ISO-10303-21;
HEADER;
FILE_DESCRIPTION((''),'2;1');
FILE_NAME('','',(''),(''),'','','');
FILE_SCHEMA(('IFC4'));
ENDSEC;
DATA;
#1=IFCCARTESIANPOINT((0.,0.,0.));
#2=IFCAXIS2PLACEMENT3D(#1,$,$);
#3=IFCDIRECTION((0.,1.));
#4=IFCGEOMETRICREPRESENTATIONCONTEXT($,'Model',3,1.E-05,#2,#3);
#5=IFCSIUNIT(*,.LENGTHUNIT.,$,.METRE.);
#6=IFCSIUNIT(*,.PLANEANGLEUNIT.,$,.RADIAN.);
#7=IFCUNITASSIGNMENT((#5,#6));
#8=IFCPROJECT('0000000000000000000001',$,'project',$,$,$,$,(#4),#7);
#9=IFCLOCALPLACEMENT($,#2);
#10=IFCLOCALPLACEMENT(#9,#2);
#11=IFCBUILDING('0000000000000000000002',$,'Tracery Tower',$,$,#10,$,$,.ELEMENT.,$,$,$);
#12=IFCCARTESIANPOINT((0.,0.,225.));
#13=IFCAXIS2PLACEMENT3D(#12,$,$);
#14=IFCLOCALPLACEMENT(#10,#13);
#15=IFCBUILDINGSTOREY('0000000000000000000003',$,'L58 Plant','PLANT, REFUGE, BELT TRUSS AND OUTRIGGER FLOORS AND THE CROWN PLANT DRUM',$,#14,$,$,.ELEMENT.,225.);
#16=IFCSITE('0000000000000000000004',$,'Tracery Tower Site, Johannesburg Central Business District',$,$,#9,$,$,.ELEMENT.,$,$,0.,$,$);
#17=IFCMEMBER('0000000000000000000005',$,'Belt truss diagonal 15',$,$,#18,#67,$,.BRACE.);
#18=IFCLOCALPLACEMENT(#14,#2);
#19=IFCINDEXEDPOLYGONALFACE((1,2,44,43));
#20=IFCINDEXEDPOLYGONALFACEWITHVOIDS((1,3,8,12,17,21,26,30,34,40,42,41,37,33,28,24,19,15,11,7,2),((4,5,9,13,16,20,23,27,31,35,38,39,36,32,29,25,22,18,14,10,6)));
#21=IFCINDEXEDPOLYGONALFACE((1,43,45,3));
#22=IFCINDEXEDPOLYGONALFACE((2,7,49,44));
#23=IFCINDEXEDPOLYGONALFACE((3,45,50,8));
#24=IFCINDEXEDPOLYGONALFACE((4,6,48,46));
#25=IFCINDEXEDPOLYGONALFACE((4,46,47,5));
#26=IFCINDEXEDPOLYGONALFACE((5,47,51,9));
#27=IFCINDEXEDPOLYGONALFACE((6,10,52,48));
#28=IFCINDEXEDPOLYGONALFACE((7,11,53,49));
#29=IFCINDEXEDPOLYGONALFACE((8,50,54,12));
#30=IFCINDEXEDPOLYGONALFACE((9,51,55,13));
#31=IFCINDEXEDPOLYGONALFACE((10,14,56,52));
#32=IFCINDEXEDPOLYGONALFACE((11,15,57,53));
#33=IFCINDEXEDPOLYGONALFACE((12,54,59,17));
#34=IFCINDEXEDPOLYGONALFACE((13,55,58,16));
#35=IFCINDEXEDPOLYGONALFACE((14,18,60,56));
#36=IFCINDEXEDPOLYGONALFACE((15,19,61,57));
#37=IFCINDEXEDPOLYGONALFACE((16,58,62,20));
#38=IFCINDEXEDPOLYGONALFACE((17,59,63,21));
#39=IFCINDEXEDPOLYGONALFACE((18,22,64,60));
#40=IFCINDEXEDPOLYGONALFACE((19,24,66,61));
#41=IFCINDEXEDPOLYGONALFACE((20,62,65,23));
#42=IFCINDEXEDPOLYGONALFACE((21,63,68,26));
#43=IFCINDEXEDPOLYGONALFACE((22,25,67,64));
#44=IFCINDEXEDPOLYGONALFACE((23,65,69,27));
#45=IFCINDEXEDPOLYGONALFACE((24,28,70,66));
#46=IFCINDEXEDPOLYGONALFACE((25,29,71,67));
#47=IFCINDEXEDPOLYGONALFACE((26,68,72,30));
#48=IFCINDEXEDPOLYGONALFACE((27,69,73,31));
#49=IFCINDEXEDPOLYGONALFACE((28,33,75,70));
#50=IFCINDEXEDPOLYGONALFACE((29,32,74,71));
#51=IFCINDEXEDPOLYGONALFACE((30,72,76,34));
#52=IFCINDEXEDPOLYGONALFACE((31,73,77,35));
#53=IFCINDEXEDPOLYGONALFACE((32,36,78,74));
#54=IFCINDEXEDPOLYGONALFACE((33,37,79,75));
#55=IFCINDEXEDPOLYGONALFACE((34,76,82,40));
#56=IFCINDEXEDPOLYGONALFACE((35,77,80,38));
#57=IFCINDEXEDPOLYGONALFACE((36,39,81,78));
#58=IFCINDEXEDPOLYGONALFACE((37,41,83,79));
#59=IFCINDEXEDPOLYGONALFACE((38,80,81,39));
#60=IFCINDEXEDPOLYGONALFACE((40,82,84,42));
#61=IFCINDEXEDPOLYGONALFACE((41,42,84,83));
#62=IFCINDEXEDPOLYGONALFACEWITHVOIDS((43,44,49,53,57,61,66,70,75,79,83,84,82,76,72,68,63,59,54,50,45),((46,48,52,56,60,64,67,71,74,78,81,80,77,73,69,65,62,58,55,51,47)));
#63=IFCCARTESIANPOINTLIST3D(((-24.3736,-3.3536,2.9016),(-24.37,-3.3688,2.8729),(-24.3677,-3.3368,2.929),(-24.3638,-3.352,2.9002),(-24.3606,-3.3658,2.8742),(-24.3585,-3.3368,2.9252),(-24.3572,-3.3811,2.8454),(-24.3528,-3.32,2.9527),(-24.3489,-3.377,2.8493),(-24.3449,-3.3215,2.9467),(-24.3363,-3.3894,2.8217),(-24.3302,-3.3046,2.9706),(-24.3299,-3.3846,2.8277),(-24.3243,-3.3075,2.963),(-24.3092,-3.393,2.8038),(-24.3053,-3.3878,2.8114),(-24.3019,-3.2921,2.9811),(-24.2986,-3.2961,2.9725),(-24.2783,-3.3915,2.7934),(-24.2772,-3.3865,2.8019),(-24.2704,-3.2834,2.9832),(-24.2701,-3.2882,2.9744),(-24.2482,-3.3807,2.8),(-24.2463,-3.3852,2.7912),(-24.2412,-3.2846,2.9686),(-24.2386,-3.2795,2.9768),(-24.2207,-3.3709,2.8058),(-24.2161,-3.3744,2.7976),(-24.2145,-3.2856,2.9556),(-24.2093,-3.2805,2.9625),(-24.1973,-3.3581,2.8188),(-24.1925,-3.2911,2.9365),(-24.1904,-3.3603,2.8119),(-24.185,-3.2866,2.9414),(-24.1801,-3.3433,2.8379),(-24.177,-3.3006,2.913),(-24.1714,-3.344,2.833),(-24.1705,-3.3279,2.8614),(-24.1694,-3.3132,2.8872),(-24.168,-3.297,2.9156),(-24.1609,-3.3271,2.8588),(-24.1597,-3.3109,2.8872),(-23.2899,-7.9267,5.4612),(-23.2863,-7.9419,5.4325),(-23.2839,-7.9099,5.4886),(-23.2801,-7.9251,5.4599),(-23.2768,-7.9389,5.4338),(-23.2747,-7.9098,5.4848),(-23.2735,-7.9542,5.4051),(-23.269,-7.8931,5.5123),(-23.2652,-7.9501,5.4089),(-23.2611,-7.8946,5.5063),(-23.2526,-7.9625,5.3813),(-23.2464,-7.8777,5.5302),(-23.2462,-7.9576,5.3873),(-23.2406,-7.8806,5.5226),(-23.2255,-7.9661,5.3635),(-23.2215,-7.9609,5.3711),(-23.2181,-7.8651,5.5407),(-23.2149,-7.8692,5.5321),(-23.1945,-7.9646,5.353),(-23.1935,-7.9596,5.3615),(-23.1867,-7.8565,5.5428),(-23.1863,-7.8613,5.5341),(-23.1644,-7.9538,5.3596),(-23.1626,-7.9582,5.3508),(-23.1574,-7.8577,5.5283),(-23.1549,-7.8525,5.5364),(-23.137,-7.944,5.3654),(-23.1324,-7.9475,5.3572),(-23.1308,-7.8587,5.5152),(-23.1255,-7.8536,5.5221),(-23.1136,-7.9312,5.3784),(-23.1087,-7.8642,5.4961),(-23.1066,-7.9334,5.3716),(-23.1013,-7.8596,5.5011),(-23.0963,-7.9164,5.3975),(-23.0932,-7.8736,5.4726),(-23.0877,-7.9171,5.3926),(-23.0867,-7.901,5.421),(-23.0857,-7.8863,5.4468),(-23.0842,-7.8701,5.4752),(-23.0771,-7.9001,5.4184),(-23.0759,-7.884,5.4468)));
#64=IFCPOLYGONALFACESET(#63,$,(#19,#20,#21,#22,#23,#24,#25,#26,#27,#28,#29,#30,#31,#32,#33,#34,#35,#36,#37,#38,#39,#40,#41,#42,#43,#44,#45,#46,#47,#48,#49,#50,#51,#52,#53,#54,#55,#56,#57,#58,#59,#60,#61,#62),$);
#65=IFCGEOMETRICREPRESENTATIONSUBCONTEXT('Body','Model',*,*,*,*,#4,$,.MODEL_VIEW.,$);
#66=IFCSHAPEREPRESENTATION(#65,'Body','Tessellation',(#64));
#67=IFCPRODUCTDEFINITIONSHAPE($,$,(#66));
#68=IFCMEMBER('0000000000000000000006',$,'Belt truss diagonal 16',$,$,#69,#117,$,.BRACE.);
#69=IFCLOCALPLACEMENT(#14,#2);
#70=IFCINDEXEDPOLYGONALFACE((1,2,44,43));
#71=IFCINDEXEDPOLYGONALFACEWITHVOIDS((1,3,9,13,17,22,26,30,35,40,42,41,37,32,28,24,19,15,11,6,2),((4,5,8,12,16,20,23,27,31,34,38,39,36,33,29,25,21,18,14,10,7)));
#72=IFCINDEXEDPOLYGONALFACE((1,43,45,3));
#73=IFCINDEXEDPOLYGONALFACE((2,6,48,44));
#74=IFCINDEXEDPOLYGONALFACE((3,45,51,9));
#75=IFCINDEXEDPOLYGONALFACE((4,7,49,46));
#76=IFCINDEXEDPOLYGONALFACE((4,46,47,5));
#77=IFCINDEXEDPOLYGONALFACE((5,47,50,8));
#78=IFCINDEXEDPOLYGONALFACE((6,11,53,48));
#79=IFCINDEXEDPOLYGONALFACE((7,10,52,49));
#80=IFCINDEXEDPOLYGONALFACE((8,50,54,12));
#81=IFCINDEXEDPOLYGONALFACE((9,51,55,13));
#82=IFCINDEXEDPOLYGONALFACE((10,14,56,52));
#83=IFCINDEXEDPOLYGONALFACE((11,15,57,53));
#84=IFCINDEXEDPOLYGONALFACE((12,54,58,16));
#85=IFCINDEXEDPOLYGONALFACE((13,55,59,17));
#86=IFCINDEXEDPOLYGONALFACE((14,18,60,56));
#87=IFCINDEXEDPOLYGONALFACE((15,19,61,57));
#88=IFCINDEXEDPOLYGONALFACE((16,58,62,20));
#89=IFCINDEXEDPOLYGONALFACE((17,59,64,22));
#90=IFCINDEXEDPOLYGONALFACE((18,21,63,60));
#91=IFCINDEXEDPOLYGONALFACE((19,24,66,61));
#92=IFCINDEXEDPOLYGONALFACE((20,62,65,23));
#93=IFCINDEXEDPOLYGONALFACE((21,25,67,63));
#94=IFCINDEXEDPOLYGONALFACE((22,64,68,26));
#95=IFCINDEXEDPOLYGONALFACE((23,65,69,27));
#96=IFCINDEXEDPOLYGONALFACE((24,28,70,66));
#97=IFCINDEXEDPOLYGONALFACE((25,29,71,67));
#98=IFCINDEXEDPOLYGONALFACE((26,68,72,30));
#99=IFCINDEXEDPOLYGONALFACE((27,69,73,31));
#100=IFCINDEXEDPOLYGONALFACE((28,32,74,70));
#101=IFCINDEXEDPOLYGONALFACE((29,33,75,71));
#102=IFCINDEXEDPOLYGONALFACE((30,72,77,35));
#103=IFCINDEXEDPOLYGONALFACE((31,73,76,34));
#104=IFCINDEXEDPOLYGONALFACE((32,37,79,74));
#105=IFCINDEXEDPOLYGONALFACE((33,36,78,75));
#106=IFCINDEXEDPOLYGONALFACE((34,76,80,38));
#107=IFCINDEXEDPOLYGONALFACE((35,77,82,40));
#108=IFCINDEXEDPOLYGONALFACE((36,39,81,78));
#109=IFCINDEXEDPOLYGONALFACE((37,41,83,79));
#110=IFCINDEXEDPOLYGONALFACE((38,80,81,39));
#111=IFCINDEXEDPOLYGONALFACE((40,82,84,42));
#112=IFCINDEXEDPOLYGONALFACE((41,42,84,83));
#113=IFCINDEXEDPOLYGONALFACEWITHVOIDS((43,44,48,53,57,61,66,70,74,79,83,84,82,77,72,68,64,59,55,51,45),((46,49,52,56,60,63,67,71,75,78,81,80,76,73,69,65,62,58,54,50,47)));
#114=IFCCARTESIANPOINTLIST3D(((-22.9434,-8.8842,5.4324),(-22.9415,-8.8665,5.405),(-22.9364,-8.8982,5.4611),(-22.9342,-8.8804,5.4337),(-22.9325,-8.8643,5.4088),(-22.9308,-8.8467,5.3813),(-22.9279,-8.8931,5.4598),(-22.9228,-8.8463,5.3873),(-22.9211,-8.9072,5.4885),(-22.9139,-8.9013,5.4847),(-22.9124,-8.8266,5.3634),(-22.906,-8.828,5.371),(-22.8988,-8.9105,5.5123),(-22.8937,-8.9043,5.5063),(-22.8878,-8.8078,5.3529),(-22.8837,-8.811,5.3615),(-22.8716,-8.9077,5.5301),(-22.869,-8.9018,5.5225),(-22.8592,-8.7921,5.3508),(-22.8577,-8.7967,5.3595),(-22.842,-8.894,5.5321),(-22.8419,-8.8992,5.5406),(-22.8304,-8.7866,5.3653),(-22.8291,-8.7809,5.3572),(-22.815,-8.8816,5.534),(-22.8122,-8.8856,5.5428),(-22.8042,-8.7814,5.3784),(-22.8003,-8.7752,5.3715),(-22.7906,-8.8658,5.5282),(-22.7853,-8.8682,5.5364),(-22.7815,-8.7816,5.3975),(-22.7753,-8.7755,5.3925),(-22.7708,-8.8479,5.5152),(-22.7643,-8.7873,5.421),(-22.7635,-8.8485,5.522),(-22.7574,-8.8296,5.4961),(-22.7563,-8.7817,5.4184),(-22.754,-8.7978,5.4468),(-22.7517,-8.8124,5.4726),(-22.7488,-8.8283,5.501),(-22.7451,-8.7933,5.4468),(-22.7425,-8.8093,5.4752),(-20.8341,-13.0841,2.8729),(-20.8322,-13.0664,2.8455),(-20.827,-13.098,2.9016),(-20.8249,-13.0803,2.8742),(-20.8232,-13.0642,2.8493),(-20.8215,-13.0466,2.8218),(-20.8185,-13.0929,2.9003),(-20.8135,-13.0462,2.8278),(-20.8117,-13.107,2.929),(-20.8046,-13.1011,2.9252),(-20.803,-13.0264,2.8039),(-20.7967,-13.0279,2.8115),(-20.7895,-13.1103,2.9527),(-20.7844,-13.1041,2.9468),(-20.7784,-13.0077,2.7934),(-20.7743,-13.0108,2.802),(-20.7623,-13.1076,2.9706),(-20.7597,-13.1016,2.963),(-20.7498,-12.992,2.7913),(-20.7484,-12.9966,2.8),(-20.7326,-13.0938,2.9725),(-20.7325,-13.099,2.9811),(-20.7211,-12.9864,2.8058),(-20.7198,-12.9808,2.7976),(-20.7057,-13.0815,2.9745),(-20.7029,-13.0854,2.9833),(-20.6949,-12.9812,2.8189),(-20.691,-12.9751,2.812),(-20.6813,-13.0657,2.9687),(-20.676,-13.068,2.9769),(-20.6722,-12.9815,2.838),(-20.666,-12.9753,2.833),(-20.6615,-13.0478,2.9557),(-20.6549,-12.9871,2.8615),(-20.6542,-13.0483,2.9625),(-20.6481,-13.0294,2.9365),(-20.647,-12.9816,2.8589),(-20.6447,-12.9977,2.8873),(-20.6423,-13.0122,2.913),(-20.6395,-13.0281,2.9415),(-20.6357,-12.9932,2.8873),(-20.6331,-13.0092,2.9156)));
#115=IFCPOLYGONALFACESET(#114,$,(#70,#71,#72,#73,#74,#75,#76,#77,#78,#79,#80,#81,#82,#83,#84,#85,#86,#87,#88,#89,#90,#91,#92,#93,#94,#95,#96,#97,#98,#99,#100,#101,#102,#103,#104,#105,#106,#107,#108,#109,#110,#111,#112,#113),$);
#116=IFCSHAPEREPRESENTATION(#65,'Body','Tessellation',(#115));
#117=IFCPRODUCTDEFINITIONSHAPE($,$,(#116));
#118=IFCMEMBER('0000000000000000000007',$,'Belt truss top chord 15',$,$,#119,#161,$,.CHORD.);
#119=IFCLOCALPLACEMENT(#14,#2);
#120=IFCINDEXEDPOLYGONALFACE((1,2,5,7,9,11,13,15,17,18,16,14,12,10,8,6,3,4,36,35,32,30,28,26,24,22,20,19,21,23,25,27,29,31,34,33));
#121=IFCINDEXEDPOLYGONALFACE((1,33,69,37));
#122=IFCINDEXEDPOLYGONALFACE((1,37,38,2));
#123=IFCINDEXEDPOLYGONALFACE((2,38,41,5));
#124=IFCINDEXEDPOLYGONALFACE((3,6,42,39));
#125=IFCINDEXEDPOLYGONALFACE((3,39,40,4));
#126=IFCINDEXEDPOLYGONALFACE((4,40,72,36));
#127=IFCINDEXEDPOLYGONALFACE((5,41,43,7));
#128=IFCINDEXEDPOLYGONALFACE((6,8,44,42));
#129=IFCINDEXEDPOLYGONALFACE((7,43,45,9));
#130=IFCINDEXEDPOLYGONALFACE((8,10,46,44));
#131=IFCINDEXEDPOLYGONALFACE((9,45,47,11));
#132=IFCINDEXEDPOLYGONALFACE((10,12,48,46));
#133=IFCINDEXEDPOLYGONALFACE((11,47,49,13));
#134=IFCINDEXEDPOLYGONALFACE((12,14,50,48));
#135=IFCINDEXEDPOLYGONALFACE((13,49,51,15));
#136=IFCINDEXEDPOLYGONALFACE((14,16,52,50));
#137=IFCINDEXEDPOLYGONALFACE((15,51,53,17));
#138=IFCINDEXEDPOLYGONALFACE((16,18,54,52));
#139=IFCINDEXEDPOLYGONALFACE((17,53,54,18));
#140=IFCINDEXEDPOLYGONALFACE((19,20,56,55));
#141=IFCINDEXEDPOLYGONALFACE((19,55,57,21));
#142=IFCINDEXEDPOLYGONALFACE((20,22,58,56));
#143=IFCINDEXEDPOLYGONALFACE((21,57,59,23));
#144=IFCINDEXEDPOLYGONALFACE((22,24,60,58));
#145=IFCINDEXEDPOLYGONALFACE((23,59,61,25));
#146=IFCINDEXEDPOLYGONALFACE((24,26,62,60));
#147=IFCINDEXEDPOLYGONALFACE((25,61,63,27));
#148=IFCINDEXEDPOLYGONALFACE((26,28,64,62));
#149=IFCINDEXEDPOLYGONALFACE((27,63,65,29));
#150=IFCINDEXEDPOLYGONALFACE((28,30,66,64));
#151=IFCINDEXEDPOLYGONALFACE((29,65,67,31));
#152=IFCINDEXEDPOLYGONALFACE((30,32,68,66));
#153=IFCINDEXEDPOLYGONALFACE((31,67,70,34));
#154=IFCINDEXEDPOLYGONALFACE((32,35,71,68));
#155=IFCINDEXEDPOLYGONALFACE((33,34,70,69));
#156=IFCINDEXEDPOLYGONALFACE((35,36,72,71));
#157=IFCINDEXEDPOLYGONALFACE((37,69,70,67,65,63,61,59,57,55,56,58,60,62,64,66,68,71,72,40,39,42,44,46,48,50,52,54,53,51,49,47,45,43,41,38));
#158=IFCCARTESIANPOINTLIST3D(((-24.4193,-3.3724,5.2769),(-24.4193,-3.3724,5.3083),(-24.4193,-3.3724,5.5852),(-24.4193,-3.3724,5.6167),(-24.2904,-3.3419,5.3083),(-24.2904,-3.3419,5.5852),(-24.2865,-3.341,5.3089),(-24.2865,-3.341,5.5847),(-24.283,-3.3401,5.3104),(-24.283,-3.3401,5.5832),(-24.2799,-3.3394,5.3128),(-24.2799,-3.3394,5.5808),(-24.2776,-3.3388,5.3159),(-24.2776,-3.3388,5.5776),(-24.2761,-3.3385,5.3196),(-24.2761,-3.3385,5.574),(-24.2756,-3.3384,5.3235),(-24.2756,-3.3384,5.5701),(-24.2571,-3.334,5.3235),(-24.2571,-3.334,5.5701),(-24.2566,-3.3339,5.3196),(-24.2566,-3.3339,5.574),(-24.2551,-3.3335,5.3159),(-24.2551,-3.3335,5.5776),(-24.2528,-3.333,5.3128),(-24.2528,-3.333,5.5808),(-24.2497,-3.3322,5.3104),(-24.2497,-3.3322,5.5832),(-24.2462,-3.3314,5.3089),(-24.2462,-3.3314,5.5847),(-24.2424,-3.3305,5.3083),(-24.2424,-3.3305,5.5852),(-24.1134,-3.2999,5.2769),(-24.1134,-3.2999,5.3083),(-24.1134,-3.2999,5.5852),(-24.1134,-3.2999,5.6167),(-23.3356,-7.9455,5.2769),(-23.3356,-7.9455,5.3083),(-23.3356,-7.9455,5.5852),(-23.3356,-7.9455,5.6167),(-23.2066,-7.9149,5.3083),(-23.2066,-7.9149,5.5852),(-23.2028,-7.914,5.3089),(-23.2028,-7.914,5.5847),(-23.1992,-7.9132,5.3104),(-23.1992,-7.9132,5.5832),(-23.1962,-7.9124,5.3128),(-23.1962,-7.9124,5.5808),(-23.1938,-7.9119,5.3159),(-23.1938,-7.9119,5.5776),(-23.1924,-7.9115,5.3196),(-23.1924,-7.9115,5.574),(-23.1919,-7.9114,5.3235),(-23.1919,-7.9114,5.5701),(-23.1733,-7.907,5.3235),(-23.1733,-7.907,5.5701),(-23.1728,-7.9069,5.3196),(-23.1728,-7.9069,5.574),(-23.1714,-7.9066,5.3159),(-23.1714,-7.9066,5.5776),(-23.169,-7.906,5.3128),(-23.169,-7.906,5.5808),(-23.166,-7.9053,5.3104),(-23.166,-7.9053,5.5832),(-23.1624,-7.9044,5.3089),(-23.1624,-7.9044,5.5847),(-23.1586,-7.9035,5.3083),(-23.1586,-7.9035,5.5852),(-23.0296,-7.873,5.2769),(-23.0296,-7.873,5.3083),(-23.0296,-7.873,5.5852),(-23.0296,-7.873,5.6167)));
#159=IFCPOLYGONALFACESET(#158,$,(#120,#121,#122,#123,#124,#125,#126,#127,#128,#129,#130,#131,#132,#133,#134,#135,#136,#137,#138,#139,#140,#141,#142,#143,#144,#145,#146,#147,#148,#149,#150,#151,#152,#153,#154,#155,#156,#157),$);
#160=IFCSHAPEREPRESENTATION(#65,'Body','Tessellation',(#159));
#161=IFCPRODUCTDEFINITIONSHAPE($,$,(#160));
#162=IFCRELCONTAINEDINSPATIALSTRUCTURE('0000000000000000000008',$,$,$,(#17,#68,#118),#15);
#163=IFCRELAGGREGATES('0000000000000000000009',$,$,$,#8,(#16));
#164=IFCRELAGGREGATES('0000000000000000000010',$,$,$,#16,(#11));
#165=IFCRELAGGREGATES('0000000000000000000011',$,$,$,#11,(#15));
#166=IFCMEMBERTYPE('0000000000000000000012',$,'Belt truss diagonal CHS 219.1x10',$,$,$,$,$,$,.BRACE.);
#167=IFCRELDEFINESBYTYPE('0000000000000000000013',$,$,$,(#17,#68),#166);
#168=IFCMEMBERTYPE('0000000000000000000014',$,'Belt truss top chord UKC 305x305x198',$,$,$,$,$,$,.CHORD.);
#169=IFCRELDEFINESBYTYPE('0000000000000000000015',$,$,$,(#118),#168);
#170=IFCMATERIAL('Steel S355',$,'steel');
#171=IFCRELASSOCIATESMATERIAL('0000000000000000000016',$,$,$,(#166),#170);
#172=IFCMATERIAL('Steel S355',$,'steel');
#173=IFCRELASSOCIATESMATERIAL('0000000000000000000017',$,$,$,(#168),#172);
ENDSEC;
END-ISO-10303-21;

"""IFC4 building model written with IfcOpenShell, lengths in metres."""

from ifc_helpers import new_model, si_unit, direction, frame, origin, origin_2d, place, context, subcontext, project, spatial, hollow_circle, i_section, extrude, material, material_profile, profile_set, type_object, element, save


model = new_model("IFC4")

# Units and contexts
model_context = context("Model", 3, precision=1e-05, world=origin(), true_north=direction((0.0, 1.0)))
body_context = subcontext(model_context, "Body", "Model", "MODEL_VIEW")
ifc_project = project(units=[si_unit("LENGTHUNIT", "METRE"), si_unit("PLANEANGLEUNIT", "RADIAN")], contexts=[model_context])

# Site, building, storey
site_placement = place(None, origin())
site = spatial("IfcSite", under=ifc_project, at=site_placement, Name="Tracery Tower Site, Johannesburg Central Business District", CompositionType="ELEMENT", RefElevation=0.0)
building_placement = place(site_placement, origin())
building = spatial("IfcBuilding", under=site, at=building_placement, Name="Tracery Tower", CompositionType="ELEMENT")
storey_placement = place(building_placement, frame((0.0, 0.0, 225.0)))
storey = spatial("IfcBuildingStorey", under=building, at=storey_placement, Name="L58 Plant", Description="PLANT, REFUGE, BELT TRUSS AND OUTRIGGER FLOORS AND THE CROWN PLANT DRUM", CompositionType="ELEMENT", Elevation=225.0)

# Members
ifc_material_1 = material(Name="Steel S355", Category="steel")
ifc_material_profile_1 = material_profile(ifc_material_1, hollow_circle(Radius=0.1096, WallThickness=0.01, at=origin_2d()), Name="CHS 219.1x10")
ifc_profile_set_1 = profile_set([ifc_material_profile_1], Name="Steel S355")
member_type_1 = type_object("IfcMemberType", Name="Belt truss diagonal CHS 219.1x10", PredefinedType="BRACE", material=ifc_profile_set_1)
for number, where, z_axis, x_axis, name in (
    (1, (-24.2664, -3.3362, 2.8872), (0.202513, -0.854532, 0.478293), (0.973049, 0.2306, 0.0), "Belt truss diagonal 15"),
    (2, (-22.843, -8.8425, 5.4468), (0.394152, -0.784792, -0.478274), (0.893626, 0.448813, 0.0), "Belt truss diagonal 16"),
):
    element("IfcMember", number, at=place(storey_placement, frame(where, z_axis=z_axis, x_axis=x_axis)), inside=storey, type_object=member_type_1, Name=name, PredefinedType="BRACE", context=body_context, shape_type="SweptSolid", body=[
        extrude(hollow_circle(Radius=0.1096, WallThickness=0.01, at=origin_2d()), origin(), (0.0, 0.0, 1.0), 5.3516),
    ])
ifc_material_2 = material(Name="Steel S355", Category="steel")
ifc_material_profile_2 = material_profile(ifc_material_2, i_section(OverallWidth=0.3145, OverallDepth=0.3398, WebThickness=0.019, FlangeThickness=0.0315, FilletRadius=0.0151, at=origin_2d()), Name="UKC 305x305x198")
ifc_profile_set_2 = profile_set([ifc_material_profile_2], Name="Steel S355")
member_type_2 = type_object("IfcMemberType", Name="Belt truss top chord UKC 305x305x198", PredefinedType="CHORD", material=ifc_profile_set_2)
member_1_placement = place(storey_placement, frame((-24.2664, -3.3362, 5.4468), z_axis=(0.2306, -0.973049, 0.0), x_axis=(0.973049, 0.2306, 0.0)))
element("IfcMember", 3, at=member_1_placement, inside=storey, type_object=member_type_2, Name="Belt truss top chord 15", PredefinedType="CHORD", context=body_context, shape_type="SweptSolid", body=[
    extrude(i_section(OverallWidth=0.3145, OverallDepth=0.3398, WebThickness=0.019, FlangeThickness=0.0315, FilletRadius=0.0151, at=origin_2d()), origin(), (0.0, 0.0, 1.0), 4.6997),
])

save(model, "model.ifc")
